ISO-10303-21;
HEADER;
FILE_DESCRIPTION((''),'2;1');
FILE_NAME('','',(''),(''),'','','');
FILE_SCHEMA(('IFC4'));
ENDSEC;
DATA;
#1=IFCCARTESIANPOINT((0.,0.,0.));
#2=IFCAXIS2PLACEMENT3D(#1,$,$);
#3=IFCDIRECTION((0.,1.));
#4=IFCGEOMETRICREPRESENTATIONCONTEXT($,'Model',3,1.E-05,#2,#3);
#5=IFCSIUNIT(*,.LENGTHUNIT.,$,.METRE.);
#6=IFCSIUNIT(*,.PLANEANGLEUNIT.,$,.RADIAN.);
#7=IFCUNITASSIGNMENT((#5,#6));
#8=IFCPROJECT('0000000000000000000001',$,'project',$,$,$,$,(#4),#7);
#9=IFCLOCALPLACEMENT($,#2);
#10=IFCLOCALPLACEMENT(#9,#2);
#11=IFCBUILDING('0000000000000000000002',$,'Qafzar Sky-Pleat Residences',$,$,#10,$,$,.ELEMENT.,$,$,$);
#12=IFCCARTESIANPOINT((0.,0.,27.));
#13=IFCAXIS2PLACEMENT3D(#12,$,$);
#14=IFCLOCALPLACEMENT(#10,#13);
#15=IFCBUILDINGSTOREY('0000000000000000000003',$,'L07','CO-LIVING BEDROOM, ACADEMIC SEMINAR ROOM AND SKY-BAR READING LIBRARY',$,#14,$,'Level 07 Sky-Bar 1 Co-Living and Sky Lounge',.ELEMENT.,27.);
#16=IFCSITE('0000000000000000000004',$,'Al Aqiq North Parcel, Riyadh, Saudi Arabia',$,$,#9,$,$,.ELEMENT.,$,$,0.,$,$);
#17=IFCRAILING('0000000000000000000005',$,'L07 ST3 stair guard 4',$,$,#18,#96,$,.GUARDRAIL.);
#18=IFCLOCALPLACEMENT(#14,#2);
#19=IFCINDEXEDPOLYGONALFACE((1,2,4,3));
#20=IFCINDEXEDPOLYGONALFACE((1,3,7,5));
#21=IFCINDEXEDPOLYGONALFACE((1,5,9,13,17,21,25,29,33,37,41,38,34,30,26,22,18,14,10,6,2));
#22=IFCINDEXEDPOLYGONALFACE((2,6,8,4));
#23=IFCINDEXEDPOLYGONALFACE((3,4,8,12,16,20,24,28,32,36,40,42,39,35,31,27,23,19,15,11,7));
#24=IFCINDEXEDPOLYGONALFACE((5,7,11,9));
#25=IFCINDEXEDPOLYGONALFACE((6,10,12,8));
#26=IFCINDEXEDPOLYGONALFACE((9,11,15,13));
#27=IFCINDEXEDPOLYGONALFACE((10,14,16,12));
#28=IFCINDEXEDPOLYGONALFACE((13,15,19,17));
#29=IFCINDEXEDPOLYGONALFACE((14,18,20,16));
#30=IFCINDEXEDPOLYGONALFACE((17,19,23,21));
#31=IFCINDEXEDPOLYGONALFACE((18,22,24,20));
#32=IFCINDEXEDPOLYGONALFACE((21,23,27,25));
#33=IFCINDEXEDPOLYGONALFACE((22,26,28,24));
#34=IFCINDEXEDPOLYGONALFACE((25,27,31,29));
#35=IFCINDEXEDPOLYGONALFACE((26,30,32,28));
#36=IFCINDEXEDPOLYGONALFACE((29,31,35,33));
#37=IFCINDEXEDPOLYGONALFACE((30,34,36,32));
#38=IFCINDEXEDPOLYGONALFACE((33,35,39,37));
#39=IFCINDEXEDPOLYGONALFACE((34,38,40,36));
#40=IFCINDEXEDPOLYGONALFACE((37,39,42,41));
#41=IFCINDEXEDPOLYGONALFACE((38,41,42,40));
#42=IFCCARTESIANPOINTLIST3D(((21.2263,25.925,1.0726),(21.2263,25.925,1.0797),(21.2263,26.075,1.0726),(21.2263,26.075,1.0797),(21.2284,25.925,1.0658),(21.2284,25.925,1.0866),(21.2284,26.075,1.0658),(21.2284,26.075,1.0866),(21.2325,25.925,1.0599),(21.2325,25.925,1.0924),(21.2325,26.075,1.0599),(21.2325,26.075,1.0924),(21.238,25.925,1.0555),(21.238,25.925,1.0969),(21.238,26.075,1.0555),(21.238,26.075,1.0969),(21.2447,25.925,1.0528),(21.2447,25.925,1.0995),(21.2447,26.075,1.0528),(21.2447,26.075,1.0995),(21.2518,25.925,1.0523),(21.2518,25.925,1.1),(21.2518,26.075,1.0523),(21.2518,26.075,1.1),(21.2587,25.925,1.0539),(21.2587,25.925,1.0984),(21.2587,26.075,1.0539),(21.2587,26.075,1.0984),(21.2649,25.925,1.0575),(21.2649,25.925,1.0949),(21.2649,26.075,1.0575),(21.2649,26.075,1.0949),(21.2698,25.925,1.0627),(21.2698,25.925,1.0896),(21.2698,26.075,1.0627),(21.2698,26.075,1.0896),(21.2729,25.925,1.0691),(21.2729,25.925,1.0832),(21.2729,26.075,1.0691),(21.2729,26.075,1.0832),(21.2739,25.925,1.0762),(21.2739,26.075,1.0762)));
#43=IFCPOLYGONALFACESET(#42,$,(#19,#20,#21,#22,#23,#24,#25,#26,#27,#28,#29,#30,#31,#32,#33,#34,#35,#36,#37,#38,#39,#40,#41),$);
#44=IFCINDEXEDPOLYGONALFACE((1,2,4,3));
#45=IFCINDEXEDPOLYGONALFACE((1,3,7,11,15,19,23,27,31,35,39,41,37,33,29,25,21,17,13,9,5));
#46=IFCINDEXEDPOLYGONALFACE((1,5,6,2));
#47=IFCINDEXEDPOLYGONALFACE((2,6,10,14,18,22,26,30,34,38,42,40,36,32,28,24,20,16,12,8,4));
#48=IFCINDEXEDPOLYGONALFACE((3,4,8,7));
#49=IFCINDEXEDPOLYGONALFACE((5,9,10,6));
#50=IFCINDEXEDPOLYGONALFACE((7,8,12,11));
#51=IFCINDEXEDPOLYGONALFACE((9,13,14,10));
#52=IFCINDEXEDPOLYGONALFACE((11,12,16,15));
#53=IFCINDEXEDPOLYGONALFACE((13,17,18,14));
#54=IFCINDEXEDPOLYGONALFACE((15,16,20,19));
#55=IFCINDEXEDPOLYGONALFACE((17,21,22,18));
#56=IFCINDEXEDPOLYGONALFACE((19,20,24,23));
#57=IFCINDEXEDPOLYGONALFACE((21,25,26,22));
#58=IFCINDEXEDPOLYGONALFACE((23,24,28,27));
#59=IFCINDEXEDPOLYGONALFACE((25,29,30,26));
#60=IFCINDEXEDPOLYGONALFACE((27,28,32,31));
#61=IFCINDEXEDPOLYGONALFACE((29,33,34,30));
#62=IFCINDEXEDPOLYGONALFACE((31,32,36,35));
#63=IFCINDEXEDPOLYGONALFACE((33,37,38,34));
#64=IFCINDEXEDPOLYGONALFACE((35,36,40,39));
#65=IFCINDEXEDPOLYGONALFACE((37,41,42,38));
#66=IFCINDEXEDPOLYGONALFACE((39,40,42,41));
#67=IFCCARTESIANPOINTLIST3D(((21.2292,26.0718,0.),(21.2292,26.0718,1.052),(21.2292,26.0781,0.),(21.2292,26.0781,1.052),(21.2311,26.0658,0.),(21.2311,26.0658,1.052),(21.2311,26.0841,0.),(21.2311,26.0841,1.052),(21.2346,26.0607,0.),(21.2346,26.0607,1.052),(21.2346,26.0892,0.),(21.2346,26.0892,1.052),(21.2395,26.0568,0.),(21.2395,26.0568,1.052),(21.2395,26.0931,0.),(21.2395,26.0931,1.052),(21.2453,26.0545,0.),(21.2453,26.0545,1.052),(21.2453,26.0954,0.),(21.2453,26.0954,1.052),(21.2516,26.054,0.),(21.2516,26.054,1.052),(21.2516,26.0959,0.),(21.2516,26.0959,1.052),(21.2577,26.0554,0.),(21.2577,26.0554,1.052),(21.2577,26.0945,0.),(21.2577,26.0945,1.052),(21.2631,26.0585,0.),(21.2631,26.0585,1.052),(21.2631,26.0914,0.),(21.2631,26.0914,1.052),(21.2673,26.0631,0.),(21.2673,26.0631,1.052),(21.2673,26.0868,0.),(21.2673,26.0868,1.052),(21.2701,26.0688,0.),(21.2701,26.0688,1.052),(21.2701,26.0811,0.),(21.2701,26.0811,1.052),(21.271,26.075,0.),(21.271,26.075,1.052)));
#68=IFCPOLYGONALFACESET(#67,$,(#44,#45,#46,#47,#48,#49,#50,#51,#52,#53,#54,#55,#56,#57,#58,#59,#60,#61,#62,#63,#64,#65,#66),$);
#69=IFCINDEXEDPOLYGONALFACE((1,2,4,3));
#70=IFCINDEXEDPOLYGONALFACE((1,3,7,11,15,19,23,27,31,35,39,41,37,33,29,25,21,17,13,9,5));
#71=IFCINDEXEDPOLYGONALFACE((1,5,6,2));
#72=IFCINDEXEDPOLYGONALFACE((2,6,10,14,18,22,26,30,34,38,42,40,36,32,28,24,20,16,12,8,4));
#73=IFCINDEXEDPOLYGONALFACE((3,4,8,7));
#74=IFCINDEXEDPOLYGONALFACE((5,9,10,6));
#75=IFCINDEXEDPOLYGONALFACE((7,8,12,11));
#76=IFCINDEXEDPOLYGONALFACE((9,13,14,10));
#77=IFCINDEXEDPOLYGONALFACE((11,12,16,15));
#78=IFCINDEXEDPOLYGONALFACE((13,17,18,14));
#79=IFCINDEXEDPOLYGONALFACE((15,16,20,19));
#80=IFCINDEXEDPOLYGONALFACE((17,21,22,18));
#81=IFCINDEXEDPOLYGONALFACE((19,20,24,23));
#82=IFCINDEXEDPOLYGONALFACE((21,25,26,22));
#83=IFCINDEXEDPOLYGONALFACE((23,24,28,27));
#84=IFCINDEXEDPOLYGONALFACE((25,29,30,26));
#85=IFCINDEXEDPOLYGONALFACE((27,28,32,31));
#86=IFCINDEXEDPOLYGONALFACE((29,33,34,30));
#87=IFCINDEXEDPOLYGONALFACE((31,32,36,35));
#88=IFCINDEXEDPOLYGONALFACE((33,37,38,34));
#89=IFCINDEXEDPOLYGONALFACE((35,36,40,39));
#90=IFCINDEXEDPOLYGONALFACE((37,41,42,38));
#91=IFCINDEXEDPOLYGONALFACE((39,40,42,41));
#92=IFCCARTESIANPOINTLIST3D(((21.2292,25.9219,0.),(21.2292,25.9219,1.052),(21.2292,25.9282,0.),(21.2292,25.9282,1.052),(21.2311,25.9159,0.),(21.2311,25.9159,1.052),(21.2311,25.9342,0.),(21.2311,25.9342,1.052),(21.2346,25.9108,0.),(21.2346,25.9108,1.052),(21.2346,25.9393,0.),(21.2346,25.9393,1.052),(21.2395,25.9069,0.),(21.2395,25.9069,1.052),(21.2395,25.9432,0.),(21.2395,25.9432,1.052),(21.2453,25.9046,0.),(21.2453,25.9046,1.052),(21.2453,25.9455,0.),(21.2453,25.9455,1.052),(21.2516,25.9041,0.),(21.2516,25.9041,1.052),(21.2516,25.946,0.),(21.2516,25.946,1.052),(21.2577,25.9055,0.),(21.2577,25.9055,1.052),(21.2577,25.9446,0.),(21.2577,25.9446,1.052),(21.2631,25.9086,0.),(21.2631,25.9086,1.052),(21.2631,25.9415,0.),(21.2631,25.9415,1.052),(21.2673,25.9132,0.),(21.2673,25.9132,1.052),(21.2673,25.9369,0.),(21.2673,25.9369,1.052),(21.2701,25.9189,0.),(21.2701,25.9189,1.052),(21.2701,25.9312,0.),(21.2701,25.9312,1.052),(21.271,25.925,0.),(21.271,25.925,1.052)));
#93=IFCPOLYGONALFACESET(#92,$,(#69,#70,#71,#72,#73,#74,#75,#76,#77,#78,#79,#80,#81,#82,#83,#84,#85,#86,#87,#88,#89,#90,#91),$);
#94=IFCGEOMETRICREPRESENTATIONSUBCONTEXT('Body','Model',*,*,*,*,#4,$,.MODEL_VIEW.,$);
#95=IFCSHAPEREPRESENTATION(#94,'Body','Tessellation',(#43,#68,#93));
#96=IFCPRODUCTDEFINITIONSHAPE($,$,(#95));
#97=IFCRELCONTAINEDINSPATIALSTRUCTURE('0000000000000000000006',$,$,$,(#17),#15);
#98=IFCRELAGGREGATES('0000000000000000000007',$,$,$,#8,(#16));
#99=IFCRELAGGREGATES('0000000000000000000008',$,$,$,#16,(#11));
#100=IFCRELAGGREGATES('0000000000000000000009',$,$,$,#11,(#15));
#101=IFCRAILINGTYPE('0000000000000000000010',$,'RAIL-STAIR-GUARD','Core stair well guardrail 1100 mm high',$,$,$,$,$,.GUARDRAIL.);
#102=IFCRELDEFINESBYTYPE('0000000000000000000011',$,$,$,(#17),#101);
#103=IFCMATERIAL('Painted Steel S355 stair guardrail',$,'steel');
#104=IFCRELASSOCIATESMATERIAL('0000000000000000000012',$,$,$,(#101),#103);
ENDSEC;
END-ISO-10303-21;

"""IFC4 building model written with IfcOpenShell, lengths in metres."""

from ifc_helpers import new_model, si_unit, direction, frame, origin, origin_2d, place, context, subcontext, project, spatial, circle, extrude, source, transform, mapped, material, type_object, element, save


model = new_model("IFC4")

# Units and contexts
model_context = context("Model", 3, precision=1e-05, world=origin(), true_north=direction((0.0, 1.0)))
body_context = subcontext(model_context, "Body", "Model", "MODEL_VIEW")
ifc_project = project(units=[si_unit("LENGTHUNIT", "METRE"), si_unit("PLANEANGLEUNIT", "RADIAN")], contexts=[model_context])

# Site, building, storey
site_placement = place(None, origin())
site = spatial("IfcSite", under=ifc_project, at=site_placement, Name="Al Aqiq North Parcel, Riyadh, Saudi Arabia", CompositionType="ELEMENT", RefElevation=0.0)
building_placement = place(site_placement, origin())
building = spatial("IfcBuilding", under=site, at=building_placement, Name="Qafzar Sky-Pleat Residences", CompositionType="ELEMENT")
storey_placement = place(building_placement, frame((0.0, 0.0, 27.0)))
storey = spatial("IfcBuildingStorey", under=building, at=storey_placement, Name="L07", Description="CO-LIVING BEDROOM, ACADEMIC SEMINAR ROOM AND SKY-BAR READING LIBRARY", LongName="Level 07 Sky-Bar 1 Co-Living and Sky Lounge", CompositionType="ELEMENT", Elevation=27.0)

# Railing
ifc_material_1 = material(Name="Painted Steel S355 stair guardrail", Category="steel")
railing_type_1 = type_object("IfcRailingType", Name="RAIL-STAIR-GUARD", Description="Core stair well guardrail 1100 mm high", PredefinedType="GUARDRAIL", material=ifc_material_1)
shared_shape_1 = source(origin(), body_context, "Body", "SweptSolid", [
    extrude(circle(Radius=0.0239, at=origin_2d()), frame((0.0, 0.0, 1.0762), z_axis=(0.0, -1.0, 0.0), x_axis=(1.0, 0.0, 0.0)), (0.0, 0.0, 1.0), 0.1499),
    extrude(circle(Radius=0.021, at=origin_2d()), origin(), (0.0, 0.0, 1.0), 1.052),
    extrude(circle(Radius=0.021, at=origin_2d()), frame((0.0, -0.1499, 0.0)), (0.0, 0.0, 1.0), 1.052),
])
for number, where, name in (
    (1, (21.25, 26.075, 0.0), "L07 ST3 stair guard 4"),
):
    element("IfcRailing", number, at=place(storey_placement, frame(where)), inside=storey, type_object=railing_type_1, Name=name, PredefinedType="GUARDRAIL", context=body_context, shape_type="MappedRepresentation", body=[
        mapped(shared_shape_1, transform((0.0, 0.0, 0.0), x_axis=(1.0, 0.0, 0.0), y_axis=(0.0, 1.0, 0.0), z_axis=(0.0, 0.0, 1.0), scale=1.0)),
    ])

save(model, "model.ifc")
